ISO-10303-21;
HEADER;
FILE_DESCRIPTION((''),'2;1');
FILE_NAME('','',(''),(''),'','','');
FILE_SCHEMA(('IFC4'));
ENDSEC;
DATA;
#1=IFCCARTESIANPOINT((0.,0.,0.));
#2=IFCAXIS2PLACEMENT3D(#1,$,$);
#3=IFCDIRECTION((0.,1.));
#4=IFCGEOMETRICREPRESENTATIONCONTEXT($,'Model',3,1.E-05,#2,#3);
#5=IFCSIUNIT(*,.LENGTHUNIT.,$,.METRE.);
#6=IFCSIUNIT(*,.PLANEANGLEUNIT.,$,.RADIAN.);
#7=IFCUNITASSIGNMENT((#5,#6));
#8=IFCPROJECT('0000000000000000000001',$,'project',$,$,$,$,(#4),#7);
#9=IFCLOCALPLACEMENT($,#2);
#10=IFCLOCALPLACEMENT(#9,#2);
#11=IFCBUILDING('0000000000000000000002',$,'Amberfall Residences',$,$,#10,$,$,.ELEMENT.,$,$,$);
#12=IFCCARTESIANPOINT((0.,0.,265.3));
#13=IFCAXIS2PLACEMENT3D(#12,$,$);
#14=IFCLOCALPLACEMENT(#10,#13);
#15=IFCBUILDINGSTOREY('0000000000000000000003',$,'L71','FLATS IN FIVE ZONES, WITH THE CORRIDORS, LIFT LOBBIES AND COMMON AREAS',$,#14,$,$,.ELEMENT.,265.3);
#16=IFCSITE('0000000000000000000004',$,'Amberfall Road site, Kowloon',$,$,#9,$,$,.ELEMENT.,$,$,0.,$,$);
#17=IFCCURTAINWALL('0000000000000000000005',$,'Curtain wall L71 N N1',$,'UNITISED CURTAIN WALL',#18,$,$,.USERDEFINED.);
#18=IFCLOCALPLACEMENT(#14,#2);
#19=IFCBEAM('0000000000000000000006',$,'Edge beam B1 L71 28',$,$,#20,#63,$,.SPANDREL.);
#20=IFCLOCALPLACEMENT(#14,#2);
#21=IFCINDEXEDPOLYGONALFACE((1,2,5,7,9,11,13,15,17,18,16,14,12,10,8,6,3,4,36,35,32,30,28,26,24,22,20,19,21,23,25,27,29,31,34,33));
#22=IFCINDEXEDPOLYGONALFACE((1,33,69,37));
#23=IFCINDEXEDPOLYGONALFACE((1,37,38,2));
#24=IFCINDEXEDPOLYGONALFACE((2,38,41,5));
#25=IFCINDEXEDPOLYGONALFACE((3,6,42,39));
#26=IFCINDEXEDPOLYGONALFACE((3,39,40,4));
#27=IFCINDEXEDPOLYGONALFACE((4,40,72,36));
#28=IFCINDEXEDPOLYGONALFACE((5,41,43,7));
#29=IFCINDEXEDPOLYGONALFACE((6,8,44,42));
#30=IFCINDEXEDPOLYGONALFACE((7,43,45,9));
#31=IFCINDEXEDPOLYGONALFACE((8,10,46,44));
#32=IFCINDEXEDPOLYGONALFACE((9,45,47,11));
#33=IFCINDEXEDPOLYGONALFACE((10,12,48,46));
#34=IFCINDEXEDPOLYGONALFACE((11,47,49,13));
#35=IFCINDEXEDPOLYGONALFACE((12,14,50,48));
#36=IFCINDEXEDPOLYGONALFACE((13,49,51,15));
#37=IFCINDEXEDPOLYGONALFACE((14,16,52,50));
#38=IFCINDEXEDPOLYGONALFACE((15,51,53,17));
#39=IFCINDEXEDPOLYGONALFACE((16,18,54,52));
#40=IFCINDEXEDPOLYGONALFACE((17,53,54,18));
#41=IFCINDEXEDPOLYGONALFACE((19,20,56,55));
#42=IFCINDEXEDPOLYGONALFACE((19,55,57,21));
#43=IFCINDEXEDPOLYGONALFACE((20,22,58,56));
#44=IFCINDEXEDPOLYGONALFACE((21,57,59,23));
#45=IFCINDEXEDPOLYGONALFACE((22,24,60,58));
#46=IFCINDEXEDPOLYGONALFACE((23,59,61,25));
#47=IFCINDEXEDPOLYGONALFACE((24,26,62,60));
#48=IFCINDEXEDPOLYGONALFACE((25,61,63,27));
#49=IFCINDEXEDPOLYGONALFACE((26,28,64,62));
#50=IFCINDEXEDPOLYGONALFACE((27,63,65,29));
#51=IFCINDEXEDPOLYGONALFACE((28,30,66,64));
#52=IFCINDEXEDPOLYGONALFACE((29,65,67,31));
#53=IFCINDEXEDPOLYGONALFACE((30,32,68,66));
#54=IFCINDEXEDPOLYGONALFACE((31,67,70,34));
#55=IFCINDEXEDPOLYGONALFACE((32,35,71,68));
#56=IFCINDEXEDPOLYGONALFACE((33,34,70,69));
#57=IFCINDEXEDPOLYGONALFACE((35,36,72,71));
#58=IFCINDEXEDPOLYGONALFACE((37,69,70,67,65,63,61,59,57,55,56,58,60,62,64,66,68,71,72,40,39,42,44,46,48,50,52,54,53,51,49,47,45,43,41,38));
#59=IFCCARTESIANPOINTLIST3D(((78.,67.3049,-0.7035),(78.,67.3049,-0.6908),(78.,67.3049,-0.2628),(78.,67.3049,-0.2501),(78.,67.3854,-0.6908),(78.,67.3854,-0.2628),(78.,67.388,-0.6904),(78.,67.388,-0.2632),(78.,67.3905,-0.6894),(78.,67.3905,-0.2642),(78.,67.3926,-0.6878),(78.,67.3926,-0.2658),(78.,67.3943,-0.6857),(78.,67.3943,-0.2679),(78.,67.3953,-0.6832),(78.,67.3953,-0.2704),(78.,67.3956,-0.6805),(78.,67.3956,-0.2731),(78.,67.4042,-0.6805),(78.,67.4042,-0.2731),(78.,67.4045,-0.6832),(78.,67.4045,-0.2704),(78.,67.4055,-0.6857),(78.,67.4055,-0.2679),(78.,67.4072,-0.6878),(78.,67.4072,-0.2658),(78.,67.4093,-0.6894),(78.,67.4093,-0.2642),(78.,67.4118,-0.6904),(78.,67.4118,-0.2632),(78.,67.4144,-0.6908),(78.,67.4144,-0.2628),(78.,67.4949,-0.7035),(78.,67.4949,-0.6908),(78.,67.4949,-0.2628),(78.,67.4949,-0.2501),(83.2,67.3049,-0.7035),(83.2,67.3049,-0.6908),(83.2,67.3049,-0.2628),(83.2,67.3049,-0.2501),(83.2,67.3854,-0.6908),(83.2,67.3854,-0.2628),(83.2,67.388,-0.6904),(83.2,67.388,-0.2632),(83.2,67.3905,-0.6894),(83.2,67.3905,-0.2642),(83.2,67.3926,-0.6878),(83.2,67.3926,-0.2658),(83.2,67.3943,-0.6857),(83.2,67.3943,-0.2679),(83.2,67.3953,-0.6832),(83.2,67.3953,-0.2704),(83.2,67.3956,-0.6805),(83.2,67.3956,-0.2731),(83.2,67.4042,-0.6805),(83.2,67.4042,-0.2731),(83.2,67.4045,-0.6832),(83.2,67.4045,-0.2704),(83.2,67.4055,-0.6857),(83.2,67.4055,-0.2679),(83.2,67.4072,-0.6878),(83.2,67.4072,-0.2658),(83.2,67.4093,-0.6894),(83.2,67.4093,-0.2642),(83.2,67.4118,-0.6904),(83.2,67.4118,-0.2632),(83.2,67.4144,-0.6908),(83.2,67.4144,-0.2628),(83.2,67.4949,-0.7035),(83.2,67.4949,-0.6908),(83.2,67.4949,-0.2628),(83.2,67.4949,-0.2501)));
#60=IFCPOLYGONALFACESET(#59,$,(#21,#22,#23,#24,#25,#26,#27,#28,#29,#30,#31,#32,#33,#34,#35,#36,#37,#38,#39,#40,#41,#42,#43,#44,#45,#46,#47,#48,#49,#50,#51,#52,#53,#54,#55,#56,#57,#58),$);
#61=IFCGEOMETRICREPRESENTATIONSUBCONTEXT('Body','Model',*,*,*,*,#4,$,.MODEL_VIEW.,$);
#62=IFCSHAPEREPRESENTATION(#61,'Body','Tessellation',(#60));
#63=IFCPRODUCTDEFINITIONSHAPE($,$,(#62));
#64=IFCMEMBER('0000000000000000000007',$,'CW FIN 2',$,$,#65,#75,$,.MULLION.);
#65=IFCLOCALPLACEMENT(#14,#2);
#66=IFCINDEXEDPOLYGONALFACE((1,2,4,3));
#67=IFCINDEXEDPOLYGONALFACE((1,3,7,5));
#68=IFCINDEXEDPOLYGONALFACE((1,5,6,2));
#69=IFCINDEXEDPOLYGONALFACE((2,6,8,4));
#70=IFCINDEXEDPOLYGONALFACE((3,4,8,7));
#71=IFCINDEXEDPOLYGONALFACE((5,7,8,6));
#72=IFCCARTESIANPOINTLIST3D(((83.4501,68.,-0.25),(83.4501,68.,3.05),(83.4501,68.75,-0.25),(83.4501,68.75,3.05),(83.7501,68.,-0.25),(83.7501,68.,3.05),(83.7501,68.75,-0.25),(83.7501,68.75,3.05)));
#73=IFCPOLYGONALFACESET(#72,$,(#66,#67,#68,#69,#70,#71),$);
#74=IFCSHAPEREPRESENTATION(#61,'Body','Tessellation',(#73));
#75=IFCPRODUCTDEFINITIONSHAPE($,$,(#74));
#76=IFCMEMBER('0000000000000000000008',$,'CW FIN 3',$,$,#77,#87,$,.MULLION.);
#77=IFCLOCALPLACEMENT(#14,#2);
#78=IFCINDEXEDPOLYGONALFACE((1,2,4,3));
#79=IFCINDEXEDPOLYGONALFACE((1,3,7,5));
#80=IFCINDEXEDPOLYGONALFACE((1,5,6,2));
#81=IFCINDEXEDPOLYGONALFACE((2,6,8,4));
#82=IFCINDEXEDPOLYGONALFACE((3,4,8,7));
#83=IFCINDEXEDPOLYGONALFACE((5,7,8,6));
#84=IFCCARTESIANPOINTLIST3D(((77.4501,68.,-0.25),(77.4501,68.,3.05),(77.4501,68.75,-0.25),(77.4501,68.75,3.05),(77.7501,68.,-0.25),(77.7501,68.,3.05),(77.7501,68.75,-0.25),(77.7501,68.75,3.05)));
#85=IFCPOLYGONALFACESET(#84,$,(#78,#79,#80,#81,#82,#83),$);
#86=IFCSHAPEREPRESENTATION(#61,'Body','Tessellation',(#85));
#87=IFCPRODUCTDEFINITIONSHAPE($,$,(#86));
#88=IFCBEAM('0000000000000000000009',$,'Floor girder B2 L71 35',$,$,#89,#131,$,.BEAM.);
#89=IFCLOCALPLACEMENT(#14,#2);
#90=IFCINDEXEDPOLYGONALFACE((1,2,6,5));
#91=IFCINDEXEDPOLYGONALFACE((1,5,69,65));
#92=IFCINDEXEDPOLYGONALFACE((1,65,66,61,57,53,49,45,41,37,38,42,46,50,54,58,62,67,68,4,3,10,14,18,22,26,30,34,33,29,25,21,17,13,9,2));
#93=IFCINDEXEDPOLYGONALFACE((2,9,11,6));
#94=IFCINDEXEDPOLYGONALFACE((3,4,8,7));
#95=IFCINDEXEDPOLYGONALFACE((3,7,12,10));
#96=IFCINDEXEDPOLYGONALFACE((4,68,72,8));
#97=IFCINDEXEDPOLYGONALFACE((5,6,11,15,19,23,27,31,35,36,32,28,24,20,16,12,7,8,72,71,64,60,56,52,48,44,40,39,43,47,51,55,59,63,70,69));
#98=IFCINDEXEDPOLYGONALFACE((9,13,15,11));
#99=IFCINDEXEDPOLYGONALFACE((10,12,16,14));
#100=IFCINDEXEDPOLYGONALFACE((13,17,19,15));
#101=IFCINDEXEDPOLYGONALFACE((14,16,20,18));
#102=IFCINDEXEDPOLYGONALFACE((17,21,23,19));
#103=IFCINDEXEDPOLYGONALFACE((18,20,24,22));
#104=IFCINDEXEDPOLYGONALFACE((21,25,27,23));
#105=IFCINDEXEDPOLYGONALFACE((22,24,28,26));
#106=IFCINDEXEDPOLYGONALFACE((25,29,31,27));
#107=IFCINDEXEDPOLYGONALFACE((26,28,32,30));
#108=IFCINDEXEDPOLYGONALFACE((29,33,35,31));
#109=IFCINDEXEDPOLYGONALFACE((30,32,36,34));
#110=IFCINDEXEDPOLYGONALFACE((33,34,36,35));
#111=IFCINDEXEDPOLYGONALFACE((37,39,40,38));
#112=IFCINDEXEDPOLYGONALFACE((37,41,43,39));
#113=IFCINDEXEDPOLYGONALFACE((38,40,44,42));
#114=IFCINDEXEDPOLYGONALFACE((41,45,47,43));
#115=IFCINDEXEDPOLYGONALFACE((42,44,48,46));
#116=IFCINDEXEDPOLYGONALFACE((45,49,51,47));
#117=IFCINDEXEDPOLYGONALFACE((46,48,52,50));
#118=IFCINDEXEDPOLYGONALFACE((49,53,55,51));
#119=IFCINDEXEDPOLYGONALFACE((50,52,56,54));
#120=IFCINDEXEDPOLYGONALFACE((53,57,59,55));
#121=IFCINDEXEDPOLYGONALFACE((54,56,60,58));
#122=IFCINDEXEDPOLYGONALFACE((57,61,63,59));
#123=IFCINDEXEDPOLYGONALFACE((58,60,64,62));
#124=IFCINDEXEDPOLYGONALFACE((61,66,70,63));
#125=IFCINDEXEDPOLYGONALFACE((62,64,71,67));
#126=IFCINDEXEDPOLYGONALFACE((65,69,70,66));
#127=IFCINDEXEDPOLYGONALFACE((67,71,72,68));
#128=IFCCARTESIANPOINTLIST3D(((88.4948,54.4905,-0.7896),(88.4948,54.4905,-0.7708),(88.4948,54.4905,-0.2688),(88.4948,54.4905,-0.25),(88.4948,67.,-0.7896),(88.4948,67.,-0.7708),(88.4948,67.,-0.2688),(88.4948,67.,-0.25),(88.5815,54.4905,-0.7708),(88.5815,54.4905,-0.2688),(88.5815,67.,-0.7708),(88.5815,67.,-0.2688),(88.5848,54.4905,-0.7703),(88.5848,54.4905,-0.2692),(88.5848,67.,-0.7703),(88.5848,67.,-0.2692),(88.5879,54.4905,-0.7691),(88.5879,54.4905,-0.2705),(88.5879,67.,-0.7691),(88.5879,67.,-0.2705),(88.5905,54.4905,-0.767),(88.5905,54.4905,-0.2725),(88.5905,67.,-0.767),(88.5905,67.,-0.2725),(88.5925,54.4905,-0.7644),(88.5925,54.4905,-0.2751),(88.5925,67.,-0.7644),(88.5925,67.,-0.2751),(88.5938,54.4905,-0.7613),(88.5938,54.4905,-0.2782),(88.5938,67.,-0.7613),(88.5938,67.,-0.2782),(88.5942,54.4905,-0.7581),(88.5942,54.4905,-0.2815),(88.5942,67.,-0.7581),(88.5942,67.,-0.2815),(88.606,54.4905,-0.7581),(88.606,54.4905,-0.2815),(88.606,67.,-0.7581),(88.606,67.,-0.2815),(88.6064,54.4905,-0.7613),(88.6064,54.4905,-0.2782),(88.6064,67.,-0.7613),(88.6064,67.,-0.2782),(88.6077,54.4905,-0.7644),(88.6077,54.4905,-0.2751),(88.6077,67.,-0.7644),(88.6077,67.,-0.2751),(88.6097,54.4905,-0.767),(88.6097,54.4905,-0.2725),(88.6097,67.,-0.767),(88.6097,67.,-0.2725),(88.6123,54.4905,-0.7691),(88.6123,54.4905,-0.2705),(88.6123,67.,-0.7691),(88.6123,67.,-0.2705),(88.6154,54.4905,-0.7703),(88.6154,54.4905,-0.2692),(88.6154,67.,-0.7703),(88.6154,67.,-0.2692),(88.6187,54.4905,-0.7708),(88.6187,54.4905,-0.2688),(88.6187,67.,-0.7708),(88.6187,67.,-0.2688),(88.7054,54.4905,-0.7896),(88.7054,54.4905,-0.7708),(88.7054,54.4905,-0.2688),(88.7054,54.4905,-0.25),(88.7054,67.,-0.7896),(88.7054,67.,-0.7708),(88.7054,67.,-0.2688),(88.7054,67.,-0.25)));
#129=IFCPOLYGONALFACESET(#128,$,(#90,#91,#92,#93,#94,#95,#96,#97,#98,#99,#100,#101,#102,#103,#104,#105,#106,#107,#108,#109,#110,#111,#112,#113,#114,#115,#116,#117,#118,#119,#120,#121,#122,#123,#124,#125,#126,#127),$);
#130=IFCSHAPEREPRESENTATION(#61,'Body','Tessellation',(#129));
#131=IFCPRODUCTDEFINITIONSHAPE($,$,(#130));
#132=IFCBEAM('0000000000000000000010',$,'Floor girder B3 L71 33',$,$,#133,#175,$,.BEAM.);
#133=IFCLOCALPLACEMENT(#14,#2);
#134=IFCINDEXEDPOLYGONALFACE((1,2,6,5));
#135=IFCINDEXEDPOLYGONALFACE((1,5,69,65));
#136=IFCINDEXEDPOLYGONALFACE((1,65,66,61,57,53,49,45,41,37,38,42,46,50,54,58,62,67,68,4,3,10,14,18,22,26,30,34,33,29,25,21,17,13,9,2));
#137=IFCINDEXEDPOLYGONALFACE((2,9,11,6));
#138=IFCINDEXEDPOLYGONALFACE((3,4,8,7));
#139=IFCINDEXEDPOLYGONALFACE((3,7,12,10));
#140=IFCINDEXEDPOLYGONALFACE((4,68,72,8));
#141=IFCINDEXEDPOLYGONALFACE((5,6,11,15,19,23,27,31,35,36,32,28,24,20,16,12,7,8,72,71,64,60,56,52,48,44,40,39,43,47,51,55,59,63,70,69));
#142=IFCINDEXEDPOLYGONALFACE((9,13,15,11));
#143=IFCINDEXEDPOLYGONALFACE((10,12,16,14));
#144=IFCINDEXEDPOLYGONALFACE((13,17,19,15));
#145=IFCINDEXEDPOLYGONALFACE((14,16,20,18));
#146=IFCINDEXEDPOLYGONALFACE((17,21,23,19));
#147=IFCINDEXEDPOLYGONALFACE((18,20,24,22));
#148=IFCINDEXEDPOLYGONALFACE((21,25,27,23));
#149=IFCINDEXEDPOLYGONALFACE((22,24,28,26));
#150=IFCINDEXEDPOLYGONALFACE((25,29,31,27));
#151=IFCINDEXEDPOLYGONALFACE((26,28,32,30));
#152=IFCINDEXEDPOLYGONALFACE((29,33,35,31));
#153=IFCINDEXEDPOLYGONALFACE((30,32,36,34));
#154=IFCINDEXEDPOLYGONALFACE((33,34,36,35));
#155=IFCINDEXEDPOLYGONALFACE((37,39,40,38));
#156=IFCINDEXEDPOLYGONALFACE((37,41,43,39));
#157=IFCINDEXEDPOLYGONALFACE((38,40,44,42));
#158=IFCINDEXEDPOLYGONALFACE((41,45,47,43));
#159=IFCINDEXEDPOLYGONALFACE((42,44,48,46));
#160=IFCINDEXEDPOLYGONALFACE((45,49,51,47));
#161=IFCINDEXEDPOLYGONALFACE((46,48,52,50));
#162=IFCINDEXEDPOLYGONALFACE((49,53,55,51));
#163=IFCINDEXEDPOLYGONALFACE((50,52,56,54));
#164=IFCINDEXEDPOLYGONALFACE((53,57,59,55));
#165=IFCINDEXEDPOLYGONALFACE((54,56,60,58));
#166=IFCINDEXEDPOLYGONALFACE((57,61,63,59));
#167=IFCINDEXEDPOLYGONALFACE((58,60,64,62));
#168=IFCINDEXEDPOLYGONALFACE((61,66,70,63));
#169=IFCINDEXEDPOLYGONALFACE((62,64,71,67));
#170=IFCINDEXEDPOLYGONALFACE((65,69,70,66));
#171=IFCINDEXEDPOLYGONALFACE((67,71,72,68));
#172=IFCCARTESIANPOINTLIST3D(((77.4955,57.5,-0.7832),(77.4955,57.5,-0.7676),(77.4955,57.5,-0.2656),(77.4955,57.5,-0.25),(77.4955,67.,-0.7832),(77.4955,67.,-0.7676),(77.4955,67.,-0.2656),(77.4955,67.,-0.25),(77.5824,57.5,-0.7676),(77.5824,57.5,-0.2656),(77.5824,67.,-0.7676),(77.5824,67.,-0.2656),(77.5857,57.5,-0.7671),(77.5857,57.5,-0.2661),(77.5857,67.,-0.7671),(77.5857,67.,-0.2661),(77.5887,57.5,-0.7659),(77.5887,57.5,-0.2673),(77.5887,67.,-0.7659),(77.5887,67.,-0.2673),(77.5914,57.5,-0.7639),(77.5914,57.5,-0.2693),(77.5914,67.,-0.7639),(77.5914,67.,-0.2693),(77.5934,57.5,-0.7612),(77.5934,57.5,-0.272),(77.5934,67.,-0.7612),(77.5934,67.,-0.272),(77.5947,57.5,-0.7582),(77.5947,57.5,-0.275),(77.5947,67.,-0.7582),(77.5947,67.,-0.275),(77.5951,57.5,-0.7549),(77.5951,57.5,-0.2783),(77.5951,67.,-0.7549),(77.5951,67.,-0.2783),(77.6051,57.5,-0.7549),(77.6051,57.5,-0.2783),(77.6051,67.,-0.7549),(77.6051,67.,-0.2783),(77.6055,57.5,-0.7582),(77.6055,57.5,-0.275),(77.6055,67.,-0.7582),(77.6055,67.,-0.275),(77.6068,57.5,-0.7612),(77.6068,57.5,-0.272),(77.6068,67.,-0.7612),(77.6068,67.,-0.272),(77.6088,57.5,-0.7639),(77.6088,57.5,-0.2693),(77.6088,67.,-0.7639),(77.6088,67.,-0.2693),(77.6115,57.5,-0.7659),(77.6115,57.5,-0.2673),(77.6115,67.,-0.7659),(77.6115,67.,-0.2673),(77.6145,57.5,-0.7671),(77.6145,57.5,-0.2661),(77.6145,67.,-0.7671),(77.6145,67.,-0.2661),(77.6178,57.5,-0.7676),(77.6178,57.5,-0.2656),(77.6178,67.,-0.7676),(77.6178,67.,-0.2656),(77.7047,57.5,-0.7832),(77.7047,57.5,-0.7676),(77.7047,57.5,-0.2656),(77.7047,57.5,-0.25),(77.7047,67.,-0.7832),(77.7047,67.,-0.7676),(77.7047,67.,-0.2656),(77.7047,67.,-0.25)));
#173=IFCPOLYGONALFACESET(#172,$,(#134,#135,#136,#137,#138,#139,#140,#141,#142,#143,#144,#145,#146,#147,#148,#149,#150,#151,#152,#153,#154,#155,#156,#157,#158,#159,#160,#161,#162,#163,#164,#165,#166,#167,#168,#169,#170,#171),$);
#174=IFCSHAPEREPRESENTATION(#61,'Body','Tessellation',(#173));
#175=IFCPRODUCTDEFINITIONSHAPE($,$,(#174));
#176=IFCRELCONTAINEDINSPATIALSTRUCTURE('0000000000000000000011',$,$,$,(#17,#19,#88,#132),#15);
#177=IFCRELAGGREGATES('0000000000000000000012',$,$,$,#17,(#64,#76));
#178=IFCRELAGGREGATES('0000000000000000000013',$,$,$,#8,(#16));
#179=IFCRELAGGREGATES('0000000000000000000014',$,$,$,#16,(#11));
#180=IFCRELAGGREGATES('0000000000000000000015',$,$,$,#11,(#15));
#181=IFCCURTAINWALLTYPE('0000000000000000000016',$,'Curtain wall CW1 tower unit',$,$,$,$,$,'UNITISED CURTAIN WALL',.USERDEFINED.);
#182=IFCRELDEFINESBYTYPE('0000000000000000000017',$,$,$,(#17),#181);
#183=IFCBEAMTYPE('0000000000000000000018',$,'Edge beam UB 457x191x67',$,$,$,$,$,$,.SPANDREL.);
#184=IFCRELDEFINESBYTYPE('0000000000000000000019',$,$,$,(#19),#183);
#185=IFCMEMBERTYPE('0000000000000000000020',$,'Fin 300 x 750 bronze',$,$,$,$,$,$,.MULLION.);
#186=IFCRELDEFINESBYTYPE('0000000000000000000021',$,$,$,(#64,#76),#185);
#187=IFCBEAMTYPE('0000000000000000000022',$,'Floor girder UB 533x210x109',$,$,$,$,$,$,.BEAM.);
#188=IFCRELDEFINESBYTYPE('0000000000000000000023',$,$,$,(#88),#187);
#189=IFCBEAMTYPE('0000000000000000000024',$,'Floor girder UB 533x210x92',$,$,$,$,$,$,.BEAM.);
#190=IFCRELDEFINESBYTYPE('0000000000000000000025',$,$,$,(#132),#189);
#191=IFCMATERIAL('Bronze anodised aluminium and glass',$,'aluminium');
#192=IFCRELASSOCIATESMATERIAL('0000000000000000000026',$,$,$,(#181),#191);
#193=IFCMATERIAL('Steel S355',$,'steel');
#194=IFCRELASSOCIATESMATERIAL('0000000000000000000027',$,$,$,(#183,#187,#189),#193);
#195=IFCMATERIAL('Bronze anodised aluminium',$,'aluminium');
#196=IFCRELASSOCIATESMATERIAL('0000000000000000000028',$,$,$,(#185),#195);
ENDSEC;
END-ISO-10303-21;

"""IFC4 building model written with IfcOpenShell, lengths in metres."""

from ifc_helpers import new_model, si_unit, direction, frame, origin, origin_2d, place, context, subcontext, project, spatial, rectangle, i_section, extrude, material, material_profile, profile_set, type_object, element, aggregate, save


model = new_model("IFC4")

# Units and contexts
model_context = context("Model", 3, precision=1e-05, world=origin(), true_north=direction((0.0, 1.0)))
body_context = subcontext(model_context, "Body", "Model", "MODEL_VIEW")
ifc_project = project(units=[si_unit("LENGTHUNIT", "METRE"), si_unit("PLANEANGLEUNIT", "RADIAN")], contexts=[model_context])

# Site, building, storey
site_placement = place(None, origin())
site = spatial("IfcSite", under=ifc_project, at=site_placement, Name="Amberfall Road site, Kowloon", CompositionType="ELEMENT", RefElevation=0.0)
building_placement = place(site_placement, origin())
building = spatial("IfcBuilding", under=site, at=building_placement, Name="Amberfall Residences", CompositionType="ELEMENT")
storey_placement = place(building_placement, frame((0.0, 0.0, 265.3)))
storey = spatial("IfcBuildingStorey", under=building, at=storey_placement, Name="L71", Description="FLATS IN FIVE ZONES, WITH THE CORRIDORS, LIFT LOBBIES AND COMMON AREAS", CompositionType="ELEMENT", Elevation=265.3)

# Curtain wall
ifc_material_1 = material(Name="Bronze anodised aluminium and glass", Category="aluminium")
curtain_wall_type = type_object("IfcCurtainWallType", Name="Curtain wall CW1 tower unit", ElementType="UNITISED CURTAIN WALL", PredefinedType="USERDEFINED", material=ifc_material_1)
curtain_wall_placement = place(storey_placement, origin())
curtain_wall = element("IfcCurtainWall", 1, at=curtain_wall_placement, inside=storey, type_object=curtain_wall_type, Name="Curtain wall L71 N N1", ObjectType="UNITISED CURTAIN WALL", PredefinedType="USERDEFINED")
ifc_material_2 = material(Name="Bronze anodised aluminium", Category="aluminium")

# Beam
ifc_material_3 = material(Name="Steel S355", Category="steel")
ifc_material_profile_1 = material_profile(ifc_material_3, i_section(OverallWidth=0.1899, OverallDepth=0.4534, WebThickness=0.0085, FlangeThickness=0.0127, FilletRadius=0.0103, at=origin_2d()), Name="UB 457x191x67")
ifc_profile_set_1 = profile_set([ifc_material_profile_1], Name="Steel S355")
beam_type_1 = type_object("IfcBeamType", Name="Edge beam UB 457x191x67", PredefinedType="SPANDREL", material=ifc_profile_set_1)
for number, where, z_axis, x_axis, name in (
    (2, (78.0, 67.3999, -0.4768), (1.0, 0.0, 0.0), (0.0, 1.0, 0.0), "Edge beam B1 L71 28"),
):
    element("IfcBeam", number, at=place(storey_placement, frame(where, z_axis=z_axis, x_axis=x_axis)), inside=storey, type_object=beam_type_1, Name=name, PredefinedType="SPANDREL", context=body_context, shape_type="SweptSolid", body=[
        extrude(i_section(OverallWidth=0.1899, OverallDepth=0.4534, WebThickness=0.0085, FlangeThickness=0.0127, FilletRadius=0.0103, at=origin_2d()), origin(), (0.0, 0.0, 1.0), 5.2),
    ])

# Members
ifc_material_profile_2 = material_profile(ifc_material_2, rectangle(XDim=0.75, YDim=0.3, at=origin_2d()), Name="Fin 300 x 750 bronze")
ifc_profile_set_2 = profile_set([ifc_material_profile_2], Name="Bronze anodised aluminium")
member_type_1 = type_object("IfcMemberType", Name="Fin 300 x 750 bronze", PredefinedType="MULLION", material=ifc_profile_set_2)
member_1_placement = place(storey_placement, frame((83.6001, 68.375, -0.25), z_axis=(0.0, 0.0, 1.0), x_axis=(0.0, -1.0, 0.0)))
member_1 = element("IfcMember", 3, at=member_1_placement, type_object=member_type_1, Name="CW FIN 2", PredefinedType="MULLION", context=body_context, shape_type="SweptSolid", body=[
    extrude(rectangle(XDim=0.75, YDim=0.3, at=origin_2d()), origin(), (0.0, 0.0, 1.0), 3.3),
])
member_2_placement = place(storey_placement, frame((77.6001, 68.375, -0.25), z_axis=(0.0, 0.0, 1.0), x_axis=(0.0, -1.0, 0.0)))
member_2 = element("IfcMember", 4, at=member_2_placement, type_object=member_type_1, Name="CW FIN 3", PredefinedType="MULLION", context=body_context, shape_type="SweptSolid", body=[
    extrude(rectangle(XDim=0.75, YDim=0.3, at=origin_2d()), origin(), (0.0, 0.0, 1.0), 3.3),
])

# Beams
ifc_material_profile_3 = material_profile(ifc_material_3, i_section(OverallWidth=0.2107, OverallDepth=0.5396, WebThickness=0.0117, FlangeThickness=0.0188, FilletRadius=0.0127, at=origin_2d()), Name="UB 533x210x109")
ifc_profile_set_3 = profile_set([ifc_material_profile_3], Name="Steel S355")
beam_type_2 = type_object("IfcBeamType", Name="Floor girder UB 533x210x109", PredefinedType="BEAM", material=ifc_profile_set_3)
beam_1_placement = place(storey_placement, frame((88.6001, 67.0, -0.5198), z_axis=(0.0, -1.0, 0.0), x_axis=(1.0, 0.0, 0.0)))
element("IfcBeam", 5, at=beam_1_placement, inside=storey, type_object=beam_type_2, Name="Floor girder B2 L71 35", PredefinedType="BEAM", context=body_context, shape_type="SweptSolid", body=[
    extrude(i_section(OverallWidth=0.2107, OverallDepth=0.5396, WebThickness=0.0117, FlangeThickness=0.0188, FilletRadius=0.0127, at=origin_2d()), origin(), (0.0, 0.0, 1.0), 12.5095),
])
ifc_material_profile_4 = material_profile(ifc_material_3, i_section(OverallWidth=0.2092, OverallDepth=0.5332, WebThickness=0.01, FlangeThickness=0.0156, FilletRadius=0.0127, at=origin_2d()), Name="UB 533x210x92")
ifc_profile_set_4 = profile_set([ifc_material_profile_4], Name="Steel S355")
beam_type_3 = type_object("IfcBeamType", Name="Floor girder UB 533x210x92", PredefinedType="BEAM", material=ifc_profile_set_4)
for number, where, z_axis, x_axis, name in (
    (6, (77.6001, 67.0, -0.5166), (0.0, -1.0, 0.0), (1.0, 0.0, 0.0), "Floor girder B3 L71 33"),
):
    element("IfcBeam", number, at=place(storey_placement, frame(where, z_axis=z_axis, x_axis=x_axis)), inside=storey, type_object=beam_type_3, Name=name, PredefinedType="BEAM", context=body_context, shape_type="SweptSolid", body=[
        extrude(i_section(OverallWidth=0.2092, OverallDepth=0.5332, WebThickness=0.01, FlangeThickness=0.0156, FilletRadius=0.0127, at=origin_2d()), origin(), (0.0, 0.0, 1.0), 9.5),
    ])

aggregate(curtain_wall, [member_1, member_2])

save(model, "model.ifc")
